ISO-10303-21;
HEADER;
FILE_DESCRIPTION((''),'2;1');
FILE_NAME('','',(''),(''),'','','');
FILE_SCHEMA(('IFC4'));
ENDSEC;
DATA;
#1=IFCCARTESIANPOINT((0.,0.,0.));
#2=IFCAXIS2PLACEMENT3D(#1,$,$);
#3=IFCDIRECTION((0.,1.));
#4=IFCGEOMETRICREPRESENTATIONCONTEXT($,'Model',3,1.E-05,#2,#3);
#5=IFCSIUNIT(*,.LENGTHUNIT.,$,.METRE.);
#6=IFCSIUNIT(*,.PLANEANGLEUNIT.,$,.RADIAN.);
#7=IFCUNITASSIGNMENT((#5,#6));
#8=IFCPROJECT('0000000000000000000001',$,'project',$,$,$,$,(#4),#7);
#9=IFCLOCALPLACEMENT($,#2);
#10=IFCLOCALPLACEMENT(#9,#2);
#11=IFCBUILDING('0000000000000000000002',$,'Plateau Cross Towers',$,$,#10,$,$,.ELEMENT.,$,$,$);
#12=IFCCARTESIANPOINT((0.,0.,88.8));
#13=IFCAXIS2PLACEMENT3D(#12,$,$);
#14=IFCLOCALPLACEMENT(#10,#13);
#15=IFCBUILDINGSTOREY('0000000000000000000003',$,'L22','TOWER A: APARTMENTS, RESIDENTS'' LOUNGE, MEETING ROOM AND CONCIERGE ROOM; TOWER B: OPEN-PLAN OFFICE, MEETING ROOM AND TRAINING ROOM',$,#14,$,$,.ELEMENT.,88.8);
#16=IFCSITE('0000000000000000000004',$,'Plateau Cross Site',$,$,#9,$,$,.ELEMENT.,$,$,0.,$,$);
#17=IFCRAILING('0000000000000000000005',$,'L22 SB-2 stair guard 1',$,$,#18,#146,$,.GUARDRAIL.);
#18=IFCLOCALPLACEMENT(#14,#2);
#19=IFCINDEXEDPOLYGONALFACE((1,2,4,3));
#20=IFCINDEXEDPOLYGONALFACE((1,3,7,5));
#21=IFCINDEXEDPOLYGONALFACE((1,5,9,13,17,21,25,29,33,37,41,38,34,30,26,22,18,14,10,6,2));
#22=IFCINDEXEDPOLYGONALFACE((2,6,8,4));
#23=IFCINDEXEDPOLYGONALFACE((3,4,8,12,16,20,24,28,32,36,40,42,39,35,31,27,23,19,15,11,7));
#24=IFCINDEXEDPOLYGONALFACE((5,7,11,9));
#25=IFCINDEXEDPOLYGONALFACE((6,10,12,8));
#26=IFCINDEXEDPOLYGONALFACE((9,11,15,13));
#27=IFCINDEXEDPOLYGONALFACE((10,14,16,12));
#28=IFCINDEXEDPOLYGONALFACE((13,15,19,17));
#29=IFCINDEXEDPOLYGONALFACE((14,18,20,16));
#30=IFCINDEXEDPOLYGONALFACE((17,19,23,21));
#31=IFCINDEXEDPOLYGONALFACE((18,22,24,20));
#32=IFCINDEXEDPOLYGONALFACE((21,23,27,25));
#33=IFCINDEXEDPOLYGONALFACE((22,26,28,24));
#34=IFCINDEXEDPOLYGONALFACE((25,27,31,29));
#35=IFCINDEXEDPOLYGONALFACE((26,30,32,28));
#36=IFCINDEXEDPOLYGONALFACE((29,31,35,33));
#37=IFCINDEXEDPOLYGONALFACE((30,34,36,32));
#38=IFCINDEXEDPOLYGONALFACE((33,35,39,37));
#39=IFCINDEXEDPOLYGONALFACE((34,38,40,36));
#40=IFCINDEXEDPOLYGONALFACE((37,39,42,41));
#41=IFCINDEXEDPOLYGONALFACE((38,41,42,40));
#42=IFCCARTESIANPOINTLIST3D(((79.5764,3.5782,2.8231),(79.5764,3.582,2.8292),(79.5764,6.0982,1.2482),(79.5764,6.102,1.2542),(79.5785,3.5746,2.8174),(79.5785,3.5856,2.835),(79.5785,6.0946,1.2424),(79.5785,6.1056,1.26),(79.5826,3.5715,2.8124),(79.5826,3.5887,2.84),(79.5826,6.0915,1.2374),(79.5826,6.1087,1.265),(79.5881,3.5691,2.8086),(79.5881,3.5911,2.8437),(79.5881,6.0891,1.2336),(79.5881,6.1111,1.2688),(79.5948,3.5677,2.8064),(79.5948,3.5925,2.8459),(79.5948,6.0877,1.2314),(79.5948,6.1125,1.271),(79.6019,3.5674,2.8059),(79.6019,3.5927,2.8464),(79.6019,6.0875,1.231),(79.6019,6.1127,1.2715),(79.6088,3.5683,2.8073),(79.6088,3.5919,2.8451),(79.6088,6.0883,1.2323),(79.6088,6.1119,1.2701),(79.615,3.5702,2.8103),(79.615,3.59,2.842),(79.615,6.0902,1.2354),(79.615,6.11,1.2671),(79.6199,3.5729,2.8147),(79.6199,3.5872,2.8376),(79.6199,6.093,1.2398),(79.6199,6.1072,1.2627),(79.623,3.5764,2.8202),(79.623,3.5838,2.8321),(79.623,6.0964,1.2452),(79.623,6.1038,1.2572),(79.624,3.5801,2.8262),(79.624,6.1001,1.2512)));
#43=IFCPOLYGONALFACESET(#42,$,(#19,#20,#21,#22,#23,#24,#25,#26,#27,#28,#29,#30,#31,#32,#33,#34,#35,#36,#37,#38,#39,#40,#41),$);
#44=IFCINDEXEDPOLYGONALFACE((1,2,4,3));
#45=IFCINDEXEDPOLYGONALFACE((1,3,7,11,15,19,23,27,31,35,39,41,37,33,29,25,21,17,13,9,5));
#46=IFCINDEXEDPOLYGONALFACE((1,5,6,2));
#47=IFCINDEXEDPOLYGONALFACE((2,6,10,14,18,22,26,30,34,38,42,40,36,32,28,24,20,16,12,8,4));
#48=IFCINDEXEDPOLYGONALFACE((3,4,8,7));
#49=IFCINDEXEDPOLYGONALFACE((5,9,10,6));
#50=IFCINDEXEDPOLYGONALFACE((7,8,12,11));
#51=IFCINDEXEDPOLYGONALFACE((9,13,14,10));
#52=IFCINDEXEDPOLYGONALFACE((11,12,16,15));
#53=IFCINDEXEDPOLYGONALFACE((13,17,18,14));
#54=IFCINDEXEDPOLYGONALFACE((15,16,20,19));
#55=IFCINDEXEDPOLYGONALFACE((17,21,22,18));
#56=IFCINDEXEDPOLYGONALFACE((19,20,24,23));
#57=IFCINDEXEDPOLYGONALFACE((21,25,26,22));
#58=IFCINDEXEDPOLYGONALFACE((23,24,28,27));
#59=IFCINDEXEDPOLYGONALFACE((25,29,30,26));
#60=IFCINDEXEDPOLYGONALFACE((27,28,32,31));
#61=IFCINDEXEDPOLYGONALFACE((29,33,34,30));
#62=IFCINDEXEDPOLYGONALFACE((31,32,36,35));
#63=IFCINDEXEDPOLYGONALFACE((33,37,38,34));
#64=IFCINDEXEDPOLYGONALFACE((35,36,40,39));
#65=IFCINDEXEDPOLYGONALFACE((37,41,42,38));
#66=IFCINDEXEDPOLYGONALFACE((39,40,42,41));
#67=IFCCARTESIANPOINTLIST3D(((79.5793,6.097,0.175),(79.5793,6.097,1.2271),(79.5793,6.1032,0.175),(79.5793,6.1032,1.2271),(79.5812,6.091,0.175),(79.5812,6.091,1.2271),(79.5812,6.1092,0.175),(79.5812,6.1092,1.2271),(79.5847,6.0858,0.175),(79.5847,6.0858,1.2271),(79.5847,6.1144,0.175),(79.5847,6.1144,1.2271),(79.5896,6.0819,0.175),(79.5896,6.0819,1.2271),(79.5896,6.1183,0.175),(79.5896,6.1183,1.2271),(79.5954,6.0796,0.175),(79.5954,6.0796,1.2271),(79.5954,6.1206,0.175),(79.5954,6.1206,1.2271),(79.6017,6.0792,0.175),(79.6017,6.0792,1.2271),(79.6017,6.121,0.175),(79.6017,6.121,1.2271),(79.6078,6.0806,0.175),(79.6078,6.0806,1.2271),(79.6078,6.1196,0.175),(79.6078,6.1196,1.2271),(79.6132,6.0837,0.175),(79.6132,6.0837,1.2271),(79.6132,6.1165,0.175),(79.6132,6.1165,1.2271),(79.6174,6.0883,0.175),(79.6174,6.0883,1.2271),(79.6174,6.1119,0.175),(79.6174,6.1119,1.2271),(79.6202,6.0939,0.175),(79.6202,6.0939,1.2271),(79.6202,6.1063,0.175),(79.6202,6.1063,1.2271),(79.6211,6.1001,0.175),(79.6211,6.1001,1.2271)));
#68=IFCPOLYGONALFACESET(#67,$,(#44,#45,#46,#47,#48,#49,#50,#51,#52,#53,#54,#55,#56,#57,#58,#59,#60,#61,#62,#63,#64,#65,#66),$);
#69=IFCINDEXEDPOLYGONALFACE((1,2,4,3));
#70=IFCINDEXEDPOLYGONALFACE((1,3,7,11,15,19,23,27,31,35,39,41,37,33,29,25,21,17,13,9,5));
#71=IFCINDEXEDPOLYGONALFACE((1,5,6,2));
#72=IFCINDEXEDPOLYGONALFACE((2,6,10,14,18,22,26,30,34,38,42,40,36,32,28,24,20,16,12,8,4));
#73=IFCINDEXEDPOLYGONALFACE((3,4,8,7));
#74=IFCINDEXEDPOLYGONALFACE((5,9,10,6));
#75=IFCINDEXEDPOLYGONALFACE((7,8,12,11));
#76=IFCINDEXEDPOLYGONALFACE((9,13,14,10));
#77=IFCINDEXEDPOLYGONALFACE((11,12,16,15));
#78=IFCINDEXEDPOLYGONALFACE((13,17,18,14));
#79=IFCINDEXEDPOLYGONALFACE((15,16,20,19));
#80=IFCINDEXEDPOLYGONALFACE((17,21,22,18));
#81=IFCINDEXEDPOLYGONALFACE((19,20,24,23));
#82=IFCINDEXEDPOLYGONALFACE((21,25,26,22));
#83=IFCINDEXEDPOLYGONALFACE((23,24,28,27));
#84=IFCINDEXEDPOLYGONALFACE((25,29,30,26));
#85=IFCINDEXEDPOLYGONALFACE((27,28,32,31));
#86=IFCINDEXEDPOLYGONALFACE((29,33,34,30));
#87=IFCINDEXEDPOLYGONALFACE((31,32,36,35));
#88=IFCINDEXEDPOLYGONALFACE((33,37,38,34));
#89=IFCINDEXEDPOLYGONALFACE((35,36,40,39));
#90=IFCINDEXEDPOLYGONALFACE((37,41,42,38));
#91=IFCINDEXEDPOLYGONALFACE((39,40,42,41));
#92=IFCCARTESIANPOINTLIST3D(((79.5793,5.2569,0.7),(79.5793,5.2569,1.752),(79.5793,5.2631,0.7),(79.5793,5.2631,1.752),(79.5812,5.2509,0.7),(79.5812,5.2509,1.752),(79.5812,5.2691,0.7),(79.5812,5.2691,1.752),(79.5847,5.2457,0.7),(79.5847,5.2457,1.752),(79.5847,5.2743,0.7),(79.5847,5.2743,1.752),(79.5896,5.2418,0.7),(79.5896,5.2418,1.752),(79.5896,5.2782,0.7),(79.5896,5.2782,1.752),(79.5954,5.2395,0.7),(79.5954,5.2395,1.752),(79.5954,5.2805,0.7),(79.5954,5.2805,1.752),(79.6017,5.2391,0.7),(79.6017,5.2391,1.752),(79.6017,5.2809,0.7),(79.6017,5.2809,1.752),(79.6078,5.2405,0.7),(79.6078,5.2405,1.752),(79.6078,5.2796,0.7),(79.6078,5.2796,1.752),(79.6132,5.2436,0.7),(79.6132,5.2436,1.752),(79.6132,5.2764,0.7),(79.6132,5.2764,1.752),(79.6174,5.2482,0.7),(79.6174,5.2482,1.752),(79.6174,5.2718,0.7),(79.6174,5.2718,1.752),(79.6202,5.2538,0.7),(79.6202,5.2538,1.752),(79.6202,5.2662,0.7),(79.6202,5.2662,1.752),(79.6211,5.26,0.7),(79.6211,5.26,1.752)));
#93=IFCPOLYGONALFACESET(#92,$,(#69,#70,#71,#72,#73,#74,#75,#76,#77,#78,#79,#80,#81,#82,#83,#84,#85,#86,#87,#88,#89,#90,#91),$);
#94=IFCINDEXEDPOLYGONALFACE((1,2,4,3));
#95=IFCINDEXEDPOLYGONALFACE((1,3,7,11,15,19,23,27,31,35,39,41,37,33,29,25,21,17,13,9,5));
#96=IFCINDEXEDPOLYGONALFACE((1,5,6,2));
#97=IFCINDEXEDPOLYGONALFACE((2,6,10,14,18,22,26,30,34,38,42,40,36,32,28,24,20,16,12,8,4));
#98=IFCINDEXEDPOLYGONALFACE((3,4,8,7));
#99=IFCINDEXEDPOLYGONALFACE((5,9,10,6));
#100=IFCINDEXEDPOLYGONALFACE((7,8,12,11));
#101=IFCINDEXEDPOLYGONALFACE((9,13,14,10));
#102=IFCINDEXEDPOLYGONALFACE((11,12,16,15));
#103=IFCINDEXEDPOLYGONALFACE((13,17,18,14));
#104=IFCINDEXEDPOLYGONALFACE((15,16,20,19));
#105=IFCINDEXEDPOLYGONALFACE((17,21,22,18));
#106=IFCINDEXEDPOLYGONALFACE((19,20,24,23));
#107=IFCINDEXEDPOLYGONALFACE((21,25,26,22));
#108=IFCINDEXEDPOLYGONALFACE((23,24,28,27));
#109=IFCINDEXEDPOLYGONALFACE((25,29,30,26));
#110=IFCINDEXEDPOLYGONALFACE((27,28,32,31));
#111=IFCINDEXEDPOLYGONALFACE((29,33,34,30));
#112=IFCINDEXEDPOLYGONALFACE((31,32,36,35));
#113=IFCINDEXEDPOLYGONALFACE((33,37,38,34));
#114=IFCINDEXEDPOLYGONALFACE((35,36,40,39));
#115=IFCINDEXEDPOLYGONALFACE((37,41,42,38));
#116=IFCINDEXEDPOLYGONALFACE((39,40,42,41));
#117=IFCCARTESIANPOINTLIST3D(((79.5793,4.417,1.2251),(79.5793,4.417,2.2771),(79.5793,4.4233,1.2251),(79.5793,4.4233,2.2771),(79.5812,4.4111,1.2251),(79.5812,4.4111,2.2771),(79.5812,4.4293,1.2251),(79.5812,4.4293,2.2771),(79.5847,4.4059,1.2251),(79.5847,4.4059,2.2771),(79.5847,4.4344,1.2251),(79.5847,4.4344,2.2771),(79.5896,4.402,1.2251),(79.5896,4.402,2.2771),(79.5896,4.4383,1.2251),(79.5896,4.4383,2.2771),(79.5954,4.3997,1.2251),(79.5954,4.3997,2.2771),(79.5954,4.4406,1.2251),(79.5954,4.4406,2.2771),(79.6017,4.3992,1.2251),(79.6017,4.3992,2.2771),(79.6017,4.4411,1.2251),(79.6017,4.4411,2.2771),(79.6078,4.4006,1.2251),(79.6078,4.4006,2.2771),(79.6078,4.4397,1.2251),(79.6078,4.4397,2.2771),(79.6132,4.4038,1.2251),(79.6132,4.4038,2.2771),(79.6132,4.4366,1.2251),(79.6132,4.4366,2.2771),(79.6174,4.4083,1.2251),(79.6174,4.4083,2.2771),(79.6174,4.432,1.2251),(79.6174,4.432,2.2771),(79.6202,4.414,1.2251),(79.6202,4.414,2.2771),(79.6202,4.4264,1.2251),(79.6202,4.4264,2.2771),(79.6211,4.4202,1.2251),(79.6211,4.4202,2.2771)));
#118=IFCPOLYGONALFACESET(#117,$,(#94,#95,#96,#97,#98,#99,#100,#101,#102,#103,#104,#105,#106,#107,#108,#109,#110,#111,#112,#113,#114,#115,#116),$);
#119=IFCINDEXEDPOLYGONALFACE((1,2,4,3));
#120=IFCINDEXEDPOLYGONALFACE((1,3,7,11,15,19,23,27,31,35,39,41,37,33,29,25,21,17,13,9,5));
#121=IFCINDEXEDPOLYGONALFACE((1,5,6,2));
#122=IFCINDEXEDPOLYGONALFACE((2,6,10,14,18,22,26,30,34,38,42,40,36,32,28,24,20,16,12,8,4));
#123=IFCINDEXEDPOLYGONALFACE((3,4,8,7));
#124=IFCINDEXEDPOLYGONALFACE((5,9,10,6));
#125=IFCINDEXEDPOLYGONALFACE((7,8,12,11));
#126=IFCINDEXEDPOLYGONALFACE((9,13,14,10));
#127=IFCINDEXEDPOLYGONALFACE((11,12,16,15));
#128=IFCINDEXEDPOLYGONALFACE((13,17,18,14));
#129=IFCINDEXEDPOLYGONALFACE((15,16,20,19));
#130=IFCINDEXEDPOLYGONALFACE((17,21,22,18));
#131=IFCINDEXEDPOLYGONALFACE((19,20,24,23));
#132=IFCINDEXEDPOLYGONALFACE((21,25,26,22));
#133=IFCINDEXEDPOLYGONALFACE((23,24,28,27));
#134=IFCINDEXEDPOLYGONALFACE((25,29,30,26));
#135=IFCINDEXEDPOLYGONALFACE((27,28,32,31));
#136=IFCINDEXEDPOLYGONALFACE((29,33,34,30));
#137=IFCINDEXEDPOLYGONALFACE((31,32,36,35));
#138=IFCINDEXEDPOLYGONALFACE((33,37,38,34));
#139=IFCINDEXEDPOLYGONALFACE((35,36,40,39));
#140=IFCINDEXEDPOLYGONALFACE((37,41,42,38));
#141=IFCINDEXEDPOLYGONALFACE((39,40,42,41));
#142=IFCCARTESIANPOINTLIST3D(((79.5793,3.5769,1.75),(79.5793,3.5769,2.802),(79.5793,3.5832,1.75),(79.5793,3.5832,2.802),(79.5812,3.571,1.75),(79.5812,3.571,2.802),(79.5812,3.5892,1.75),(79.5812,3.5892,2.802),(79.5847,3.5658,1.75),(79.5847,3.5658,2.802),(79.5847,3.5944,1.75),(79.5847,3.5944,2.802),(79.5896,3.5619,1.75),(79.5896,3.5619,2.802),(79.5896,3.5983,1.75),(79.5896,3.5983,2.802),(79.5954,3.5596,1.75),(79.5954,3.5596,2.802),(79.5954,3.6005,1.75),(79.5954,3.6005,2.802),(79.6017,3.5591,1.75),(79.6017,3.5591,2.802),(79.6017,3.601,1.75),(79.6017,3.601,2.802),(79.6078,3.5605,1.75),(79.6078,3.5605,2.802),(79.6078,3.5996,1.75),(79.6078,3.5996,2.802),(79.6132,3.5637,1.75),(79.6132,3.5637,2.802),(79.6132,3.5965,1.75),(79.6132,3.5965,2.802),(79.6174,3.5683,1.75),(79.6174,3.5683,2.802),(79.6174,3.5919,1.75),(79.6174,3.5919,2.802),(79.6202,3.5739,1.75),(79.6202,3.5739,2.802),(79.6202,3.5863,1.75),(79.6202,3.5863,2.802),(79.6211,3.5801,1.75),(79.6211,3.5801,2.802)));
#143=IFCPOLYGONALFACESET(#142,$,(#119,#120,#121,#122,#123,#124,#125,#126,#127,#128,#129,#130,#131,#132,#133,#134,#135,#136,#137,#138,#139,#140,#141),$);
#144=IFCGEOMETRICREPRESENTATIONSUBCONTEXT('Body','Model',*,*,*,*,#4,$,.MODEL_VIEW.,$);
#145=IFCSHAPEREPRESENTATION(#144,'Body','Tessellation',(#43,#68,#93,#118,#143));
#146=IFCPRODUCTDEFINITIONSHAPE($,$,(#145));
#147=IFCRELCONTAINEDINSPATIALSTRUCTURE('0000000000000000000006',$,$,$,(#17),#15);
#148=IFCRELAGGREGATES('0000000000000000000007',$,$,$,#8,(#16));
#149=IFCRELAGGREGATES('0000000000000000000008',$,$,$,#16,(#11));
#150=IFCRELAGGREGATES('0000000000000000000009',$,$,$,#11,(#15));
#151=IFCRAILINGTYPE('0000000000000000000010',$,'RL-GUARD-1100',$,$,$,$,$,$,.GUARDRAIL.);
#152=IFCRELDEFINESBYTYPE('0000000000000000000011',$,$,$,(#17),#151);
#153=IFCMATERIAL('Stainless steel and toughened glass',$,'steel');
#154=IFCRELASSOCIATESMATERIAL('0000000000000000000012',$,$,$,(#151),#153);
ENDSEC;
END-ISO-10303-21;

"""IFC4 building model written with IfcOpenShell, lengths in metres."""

from ifc_helpers import new_model, si_unit, direction, frame, origin, origin_2d, place, context, subcontext, project, spatial, circle, extrude, material, type_object, element, save


model = new_model("IFC4")

# Units and contexts
model_context = context("Model", 3, precision=1e-05, world=origin(), true_north=direction((0.0, 1.0)))
body_context = subcontext(model_context, "Body", "Model", "MODEL_VIEW")
ifc_project = project(units=[si_unit("LENGTHUNIT", "METRE"), si_unit("PLANEANGLEUNIT", "RADIAN")], contexts=[model_context])

# Site, building, storey
site_placement = place(None, origin())
site = spatial("IfcSite", under=ifc_project, at=site_placement, Name="Plateau Cross Site", CompositionType="ELEMENT", RefElevation=0.0)
building_placement = place(site_placement, origin())
building = spatial("IfcBuilding", under=site, at=building_placement, Name="Plateau Cross Towers", CompositionType="ELEMENT")
storey_placement = place(building_placement, frame((0.0, 0.0, 88.8)))
storey = spatial("IfcBuildingStorey", under=building, at=storey_placement, Name="L22", Description="TOWER A: APARTMENTS, RESIDENTS' LOUNGE, MEETING ROOM AND CONCIERGE ROOM; TOWER B: OPEN-PLAN OFFICE, MEETING ROOM AND TRAINING ROOM", CompositionType="ELEMENT", Elevation=88.8)

# Railing
ifc_material_1 = material(Name="Stainless steel and toughened glass", Category="steel")
railing_type_1 = type_object("IfcRailingType", Name="RL-GUARD-1100", PredefinedType="GUARDRAIL", material=ifc_material_1)
railing_1_placement = place(storey_placement, frame((79.6001, 6.1001, 0.175)))
element("IfcRailing", 1, at=railing_1_placement, inside=storey, type_object=railing_type_1, Name="L22 SB-2 stair guard 1", PredefinedType="GUARDRAIL", context=body_context, shape_type="SweptSolid", body=[
    extrude(circle(Radius=0.0239, at=origin_2d()), frame((0.0, 0.0, 1.0762), z_axis=(0.0, -0.848008, 0.529984), x_axis=(1.0, 0.0, 0.0)), (0.0, 0.0, 1.0), 2.9717),
    extrude(circle(Radius=0.021, at=origin_2d()), origin(), (0.0, 0.0, 1.0), 1.052),
    extrude(circle(Radius=0.021, at=origin_2d()), frame((0.0, -0.8401, 0.5249)), (0.0, 0.0, 1.0), 1.052),
    extrude(circle(Radius=0.021, at=origin_2d()), frame((0.0, -1.6799, 1.05)), (0.0, 0.0, 1.0), 1.052),
    extrude(circle(Radius=0.021, at=origin_2d()), frame((0.0, -2.52, 1.575)), (0.0, 0.0, 1.0), 1.052),
])

save(model, "model.ifc")
